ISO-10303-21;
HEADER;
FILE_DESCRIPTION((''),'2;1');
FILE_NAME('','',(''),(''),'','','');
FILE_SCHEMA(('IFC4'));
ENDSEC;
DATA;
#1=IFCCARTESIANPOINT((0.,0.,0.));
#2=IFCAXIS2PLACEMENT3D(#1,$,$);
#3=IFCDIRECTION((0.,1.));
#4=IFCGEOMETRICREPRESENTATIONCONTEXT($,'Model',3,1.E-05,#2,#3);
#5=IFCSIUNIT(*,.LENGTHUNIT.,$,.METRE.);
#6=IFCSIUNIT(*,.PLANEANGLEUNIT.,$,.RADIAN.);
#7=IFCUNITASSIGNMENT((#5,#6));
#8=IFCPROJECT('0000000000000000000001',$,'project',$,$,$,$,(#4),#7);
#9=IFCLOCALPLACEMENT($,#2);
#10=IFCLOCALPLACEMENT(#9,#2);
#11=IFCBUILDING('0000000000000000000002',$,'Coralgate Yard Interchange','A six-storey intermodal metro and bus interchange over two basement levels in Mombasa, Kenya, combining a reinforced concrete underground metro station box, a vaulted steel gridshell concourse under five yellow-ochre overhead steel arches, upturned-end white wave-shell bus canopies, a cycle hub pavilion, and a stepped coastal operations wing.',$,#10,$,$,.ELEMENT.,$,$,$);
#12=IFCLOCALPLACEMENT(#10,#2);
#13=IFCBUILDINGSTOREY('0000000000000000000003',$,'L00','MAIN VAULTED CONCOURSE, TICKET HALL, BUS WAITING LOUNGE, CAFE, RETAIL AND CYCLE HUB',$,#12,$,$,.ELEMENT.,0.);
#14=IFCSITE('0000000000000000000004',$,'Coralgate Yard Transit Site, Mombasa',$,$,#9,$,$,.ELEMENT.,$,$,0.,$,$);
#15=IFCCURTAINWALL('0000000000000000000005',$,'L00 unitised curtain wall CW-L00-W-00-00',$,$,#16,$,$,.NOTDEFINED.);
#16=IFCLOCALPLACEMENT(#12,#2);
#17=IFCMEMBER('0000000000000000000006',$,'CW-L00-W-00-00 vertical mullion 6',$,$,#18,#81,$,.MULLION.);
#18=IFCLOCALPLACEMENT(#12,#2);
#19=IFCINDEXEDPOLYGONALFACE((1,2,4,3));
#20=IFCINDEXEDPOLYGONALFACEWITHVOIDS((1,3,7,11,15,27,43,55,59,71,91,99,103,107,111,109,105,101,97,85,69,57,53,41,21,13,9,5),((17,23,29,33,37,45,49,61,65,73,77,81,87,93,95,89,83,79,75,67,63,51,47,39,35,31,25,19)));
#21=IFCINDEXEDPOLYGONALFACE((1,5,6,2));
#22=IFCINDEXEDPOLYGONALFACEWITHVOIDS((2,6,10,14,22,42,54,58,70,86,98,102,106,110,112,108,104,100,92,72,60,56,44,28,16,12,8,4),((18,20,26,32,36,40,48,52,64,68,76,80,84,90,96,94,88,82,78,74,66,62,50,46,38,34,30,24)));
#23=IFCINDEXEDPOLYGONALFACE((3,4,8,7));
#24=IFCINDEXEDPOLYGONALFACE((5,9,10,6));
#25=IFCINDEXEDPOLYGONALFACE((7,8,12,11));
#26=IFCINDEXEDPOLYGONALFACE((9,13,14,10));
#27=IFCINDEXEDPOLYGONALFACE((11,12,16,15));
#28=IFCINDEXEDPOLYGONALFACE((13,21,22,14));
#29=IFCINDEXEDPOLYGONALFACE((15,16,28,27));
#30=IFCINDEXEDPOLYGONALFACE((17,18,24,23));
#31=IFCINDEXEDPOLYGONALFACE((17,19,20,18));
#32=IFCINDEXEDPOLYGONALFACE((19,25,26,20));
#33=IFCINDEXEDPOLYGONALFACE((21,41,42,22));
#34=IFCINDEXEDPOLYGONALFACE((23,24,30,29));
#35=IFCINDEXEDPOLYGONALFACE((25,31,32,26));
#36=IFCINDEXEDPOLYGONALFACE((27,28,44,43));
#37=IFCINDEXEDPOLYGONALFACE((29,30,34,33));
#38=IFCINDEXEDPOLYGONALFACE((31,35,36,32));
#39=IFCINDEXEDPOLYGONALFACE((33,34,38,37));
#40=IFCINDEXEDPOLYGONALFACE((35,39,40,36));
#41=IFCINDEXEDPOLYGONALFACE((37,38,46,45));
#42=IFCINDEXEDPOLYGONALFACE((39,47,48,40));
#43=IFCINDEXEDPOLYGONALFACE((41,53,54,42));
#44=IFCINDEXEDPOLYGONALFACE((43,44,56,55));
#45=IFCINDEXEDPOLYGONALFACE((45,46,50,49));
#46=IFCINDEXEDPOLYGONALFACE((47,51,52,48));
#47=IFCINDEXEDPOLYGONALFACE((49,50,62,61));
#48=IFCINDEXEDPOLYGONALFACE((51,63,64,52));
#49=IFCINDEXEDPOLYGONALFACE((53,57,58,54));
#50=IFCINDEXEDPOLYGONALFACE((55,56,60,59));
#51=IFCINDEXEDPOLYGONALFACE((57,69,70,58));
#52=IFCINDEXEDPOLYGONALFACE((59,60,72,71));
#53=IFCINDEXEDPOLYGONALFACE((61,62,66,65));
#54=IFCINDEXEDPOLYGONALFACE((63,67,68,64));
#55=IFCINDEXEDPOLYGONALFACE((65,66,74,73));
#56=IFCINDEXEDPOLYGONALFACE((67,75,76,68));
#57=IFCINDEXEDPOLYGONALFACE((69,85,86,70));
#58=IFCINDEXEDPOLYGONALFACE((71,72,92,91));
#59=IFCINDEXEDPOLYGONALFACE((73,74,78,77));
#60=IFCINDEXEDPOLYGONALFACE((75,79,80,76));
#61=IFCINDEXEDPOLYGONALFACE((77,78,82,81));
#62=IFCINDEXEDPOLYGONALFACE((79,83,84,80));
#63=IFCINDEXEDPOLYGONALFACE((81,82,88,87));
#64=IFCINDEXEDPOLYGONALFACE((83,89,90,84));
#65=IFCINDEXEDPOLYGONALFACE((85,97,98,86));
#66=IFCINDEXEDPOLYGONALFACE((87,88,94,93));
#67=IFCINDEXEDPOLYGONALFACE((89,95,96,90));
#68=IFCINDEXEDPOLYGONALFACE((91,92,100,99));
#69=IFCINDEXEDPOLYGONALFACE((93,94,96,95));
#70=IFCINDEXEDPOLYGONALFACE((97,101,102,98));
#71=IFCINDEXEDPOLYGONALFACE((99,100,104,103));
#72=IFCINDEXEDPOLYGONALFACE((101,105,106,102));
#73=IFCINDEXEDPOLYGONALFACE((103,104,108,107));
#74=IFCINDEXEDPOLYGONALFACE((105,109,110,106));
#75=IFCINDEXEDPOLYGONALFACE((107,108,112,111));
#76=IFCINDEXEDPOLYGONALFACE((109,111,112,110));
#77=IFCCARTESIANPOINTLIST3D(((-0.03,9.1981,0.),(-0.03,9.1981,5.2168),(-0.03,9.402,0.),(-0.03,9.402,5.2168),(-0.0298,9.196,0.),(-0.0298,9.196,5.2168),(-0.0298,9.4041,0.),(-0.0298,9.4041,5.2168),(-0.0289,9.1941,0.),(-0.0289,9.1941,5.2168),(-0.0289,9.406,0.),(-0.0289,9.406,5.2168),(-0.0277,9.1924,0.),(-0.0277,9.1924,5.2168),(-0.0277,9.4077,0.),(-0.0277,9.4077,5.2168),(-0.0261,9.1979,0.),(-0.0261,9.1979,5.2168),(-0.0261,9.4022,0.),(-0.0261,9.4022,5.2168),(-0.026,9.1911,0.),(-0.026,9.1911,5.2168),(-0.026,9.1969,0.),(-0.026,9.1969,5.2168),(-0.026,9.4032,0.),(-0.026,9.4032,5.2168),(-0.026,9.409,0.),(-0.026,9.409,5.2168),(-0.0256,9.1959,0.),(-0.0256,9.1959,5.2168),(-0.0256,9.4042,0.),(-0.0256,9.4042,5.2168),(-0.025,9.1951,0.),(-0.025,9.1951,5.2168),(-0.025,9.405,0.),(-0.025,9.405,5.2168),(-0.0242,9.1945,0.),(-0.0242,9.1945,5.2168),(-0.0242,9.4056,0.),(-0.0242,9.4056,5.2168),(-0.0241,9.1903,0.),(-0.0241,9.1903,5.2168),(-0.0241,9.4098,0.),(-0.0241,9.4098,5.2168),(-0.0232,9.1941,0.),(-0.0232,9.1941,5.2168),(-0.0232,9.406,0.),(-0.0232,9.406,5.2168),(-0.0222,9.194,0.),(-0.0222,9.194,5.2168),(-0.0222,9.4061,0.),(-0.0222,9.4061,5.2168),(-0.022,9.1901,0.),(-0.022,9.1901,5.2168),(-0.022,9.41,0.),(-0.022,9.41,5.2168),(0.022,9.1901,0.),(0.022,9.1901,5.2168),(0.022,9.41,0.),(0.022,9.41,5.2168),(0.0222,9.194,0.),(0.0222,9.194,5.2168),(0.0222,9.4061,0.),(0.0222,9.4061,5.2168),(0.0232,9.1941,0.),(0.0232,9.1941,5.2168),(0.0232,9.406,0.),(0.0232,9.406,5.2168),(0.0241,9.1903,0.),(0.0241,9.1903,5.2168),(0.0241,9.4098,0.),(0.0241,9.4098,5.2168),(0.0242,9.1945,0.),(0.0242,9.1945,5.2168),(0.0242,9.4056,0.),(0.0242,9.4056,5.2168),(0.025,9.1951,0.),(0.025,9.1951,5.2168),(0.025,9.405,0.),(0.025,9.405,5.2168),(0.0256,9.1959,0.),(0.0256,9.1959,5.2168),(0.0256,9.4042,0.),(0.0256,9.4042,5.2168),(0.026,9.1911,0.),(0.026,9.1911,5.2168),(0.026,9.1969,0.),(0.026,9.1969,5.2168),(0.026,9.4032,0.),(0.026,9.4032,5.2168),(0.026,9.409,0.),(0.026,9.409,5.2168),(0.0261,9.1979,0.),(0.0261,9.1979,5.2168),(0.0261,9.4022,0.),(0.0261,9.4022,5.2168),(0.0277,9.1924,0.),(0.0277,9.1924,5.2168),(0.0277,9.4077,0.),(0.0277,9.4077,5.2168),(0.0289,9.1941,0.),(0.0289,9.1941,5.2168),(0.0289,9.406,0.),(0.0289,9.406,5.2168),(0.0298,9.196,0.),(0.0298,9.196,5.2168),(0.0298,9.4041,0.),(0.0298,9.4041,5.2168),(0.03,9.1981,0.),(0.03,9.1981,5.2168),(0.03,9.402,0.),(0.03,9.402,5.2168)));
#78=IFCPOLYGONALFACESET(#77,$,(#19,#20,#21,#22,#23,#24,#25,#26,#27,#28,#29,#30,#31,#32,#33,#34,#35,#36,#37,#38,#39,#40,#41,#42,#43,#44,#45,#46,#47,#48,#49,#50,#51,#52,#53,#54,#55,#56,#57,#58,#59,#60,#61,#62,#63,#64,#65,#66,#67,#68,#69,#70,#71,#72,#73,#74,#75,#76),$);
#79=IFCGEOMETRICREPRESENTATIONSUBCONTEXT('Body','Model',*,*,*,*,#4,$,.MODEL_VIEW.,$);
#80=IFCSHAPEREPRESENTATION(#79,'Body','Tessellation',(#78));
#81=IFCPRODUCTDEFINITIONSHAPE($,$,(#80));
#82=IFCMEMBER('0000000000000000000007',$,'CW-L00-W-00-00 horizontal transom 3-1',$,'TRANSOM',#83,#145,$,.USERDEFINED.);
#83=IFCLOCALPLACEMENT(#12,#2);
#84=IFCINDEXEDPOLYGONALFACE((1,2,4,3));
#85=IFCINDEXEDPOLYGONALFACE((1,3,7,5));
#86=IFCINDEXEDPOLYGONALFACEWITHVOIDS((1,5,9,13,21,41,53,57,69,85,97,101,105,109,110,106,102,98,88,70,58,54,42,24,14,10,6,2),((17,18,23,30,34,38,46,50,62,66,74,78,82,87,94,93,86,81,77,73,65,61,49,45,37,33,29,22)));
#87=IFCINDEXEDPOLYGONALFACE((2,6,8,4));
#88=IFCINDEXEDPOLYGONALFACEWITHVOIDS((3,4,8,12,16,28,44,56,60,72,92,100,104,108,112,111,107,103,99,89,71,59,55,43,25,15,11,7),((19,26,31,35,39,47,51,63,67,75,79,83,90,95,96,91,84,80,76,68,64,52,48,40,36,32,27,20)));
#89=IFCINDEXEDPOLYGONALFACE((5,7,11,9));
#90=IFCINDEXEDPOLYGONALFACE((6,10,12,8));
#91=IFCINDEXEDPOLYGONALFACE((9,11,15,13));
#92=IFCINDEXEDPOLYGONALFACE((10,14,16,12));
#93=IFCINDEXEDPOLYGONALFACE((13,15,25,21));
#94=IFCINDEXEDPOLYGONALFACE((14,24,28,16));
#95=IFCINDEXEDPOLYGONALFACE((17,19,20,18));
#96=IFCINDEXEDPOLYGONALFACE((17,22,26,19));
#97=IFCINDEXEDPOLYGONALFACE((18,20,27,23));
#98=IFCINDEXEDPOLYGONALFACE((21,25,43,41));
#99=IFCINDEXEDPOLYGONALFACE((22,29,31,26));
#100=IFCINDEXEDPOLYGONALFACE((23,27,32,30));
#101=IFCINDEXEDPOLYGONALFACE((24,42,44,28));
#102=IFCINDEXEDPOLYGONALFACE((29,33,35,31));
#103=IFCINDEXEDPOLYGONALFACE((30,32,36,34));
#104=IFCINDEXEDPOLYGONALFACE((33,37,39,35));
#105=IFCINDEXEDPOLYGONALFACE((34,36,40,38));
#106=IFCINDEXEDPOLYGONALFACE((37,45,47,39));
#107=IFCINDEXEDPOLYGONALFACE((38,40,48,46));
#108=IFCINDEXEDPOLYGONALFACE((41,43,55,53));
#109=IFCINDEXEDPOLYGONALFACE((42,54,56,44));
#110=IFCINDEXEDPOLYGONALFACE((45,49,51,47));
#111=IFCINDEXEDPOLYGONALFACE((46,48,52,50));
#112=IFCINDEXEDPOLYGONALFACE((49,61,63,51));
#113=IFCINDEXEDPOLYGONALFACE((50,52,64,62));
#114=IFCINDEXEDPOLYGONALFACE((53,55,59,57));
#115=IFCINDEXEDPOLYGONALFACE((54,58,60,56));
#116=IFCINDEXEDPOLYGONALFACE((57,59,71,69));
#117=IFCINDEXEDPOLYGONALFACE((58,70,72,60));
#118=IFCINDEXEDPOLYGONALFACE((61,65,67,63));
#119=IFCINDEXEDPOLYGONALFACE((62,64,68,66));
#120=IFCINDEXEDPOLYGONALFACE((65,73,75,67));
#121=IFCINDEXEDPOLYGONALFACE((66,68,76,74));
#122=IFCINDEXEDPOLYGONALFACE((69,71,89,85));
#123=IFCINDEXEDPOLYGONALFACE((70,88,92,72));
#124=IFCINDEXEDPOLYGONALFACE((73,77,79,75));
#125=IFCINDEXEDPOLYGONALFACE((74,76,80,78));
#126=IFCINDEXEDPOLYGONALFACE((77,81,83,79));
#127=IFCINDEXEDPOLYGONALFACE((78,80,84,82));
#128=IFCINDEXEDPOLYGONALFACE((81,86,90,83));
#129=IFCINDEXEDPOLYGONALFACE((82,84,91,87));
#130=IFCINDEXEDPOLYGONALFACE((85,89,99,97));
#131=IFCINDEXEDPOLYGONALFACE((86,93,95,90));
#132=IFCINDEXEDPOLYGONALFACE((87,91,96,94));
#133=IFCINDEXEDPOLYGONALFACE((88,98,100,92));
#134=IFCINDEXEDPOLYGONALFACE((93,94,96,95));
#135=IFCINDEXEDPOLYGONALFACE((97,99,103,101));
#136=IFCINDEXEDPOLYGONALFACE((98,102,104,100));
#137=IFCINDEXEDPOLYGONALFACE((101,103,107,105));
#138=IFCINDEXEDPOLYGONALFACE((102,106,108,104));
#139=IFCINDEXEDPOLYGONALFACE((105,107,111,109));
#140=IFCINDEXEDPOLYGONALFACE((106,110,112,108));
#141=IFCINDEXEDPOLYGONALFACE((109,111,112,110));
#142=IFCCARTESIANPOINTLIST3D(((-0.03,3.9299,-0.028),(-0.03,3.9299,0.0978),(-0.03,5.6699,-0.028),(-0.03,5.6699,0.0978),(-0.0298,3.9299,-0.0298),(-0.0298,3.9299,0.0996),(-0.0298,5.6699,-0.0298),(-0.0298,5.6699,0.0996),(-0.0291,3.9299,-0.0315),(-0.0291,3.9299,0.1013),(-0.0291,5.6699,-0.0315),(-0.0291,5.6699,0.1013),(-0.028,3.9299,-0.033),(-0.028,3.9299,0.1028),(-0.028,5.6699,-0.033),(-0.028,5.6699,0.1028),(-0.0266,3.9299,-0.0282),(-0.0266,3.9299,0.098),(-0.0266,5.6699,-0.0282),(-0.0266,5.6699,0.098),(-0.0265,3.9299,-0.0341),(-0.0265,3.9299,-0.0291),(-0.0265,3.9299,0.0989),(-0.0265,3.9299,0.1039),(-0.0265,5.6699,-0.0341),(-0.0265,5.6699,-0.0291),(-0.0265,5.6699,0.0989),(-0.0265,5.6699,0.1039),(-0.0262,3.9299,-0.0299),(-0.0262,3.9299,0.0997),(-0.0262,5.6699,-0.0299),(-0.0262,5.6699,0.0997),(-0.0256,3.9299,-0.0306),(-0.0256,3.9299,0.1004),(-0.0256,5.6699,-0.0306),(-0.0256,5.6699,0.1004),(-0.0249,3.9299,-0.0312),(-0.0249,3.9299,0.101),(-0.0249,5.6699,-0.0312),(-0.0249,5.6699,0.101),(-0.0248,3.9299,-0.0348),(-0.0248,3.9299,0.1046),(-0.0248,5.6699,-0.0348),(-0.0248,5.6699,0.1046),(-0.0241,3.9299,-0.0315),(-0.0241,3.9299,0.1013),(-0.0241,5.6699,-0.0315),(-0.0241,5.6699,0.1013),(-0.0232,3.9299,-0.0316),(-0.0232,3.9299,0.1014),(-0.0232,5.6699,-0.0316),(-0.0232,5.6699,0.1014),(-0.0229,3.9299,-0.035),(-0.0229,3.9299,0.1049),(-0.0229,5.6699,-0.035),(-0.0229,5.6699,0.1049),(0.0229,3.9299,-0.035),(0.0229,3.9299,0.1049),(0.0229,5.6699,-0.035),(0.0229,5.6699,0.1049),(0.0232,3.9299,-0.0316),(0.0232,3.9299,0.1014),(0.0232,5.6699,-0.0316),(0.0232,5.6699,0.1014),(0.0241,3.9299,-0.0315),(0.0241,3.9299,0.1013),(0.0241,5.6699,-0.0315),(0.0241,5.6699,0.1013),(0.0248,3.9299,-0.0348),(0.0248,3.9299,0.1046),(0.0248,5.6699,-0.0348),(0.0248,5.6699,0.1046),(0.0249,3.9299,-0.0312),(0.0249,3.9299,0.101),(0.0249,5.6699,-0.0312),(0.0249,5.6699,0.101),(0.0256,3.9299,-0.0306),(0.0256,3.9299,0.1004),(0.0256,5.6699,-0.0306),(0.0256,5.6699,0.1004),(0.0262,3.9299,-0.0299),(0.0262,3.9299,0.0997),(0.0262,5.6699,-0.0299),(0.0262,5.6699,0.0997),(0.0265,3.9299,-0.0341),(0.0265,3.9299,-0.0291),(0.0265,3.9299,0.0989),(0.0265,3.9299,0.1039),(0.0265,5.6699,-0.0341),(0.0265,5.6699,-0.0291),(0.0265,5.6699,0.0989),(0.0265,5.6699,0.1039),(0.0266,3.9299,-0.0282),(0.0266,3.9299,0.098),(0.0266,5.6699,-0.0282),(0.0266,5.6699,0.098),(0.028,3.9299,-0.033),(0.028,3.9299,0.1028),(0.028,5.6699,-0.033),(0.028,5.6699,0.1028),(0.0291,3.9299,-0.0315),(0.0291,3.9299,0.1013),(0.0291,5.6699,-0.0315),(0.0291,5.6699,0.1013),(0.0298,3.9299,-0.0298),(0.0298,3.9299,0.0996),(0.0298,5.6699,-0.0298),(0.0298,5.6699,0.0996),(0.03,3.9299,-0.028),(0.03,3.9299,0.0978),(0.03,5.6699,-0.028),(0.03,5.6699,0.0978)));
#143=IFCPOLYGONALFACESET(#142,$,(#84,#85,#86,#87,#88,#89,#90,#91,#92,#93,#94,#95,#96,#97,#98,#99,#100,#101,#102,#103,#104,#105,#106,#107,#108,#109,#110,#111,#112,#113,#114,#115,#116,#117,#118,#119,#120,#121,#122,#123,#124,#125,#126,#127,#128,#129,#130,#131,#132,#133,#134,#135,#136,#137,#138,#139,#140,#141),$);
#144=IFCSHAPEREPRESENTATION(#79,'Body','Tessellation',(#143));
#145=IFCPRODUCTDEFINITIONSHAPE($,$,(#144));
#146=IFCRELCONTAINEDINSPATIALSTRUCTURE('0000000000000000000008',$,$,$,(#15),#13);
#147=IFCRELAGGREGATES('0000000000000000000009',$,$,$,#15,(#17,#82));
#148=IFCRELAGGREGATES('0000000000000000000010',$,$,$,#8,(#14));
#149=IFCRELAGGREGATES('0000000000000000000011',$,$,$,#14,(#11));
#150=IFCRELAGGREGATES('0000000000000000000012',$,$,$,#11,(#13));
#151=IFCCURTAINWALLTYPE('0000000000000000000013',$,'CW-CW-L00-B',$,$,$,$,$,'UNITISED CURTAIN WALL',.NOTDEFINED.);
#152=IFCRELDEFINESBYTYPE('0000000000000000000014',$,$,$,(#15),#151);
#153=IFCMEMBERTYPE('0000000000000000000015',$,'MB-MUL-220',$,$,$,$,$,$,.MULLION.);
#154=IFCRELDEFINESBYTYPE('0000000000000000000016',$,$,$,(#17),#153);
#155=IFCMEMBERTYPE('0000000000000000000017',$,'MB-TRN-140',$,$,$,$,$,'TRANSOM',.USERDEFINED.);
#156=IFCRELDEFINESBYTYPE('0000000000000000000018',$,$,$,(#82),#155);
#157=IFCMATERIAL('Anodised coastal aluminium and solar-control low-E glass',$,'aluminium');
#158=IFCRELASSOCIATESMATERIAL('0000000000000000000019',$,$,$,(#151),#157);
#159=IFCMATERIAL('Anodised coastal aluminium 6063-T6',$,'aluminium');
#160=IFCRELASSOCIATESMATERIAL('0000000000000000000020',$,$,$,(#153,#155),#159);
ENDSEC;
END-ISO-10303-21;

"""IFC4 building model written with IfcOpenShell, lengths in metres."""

from ifc_helpers import new_model, si_unit, direction, frame, origin, origin_2d, place, context, subcontext, project, spatial, hollow_rectangle, extrude, material, material_profile, profile_set, type_object, element, aggregate, save


model = new_model("IFC4")

# Units and contexts
model_context = context("Model", 3, precision=1e-05, world=origin(), true_north=direction((0.0, 1.0)))
body_context = subcontext(model_context, "Body", "Model", "MODEL_VIEW")
ifc_project = project(units=[si_unit("LENGTHUNIT", "METRE"), si_unit("PLANEANGLEUNIT", "RADIAN")], contexts=[model_context])

# Site, building, storey
site_placement = place(None, origin())
site = spatial("IfcSite", under=ifc_project, at=site_placement, Name="Coralgate Yard Transit Site, Mombasa", CompositionType="ELEMENT", RefElevation=0.0)
building_placement = place(site_placement, origin())
building = spatial("IfcBuilding", under=site, at=building_placement, Name="Coralgate Yard Interchange", Description="A six-storey intermodal metro and bus interchange over two basement levels in Mombasa, Kenya, combining a reinforced concrete underground metro station box, a vaulted steel gridshell concourse under five yellow-ochre overhead steel arches, upturned-end white wave-shell bus canopies, a cycle hub pavilion, and a stepped coastal operations wing.", CompositionType="ELEMENT")
storey_placement = place(building_placement, origin())
storey = spatial("IfcBuildingStorey", under=building, at=storey_placement, Name="L00", Description="MAIN VAULTED CONCOURSE, TICKET HALL, BUS WAITING LOUNGE, CAFE, RETAIL AND CYCLE HUB", CompositionType="ELEMENT", Elevation=0.0)

# Curtain wall, members
ifc_material_1 = material(Name="Anodised coastal aluminium and solar-control low-E glass", Category="aluminium")
curtain_wall_type = type_object("IfcCurtainWallType", Name="CW-CW-L00-B", ElementType="UNITISED CURTAIN WALL", PredefinedType="NOTDEFINED", material=ifc_material_1)
curtain_wall_placement = place(storey_placement, origin())
curtain_wall = element("IfcCurtainWall", 1, at=curtain_wall_placement, inside=storey, type_object=curtain_wall_type, Name="L00 unitised curtain wall CW-L00-W-00-00", PredefinedType="NOTDEFINED")
ifc_material_2 = material(Name="Anodised coastal aluminium 6063-T6", Category="aluminium")
ifc_material_profile_1 = material_profile(ifc_material_2, hollow_rectangle(XDim=0.0601, YDim=0.22, WallThickness=0.0039, InnerFilletRadius=0.0039, OuterFilletRadius=0.0081, at=origin_2d()), Name="ALU 60x220x4")
ifc_profile_set_1 = profile_set([ifc_material_profile_1], Name="Anodised coastal aluminium 6063-T6")
member_type_1 = type_object("IfcMemberType", Name="MB-MUL-220", PredefinedType="MULLION", material=ifc_profile_set_1)
member_1_placement = place(storey_placement, frame((0.0, 9.3, 0.0), z_axis=(0.0, 0.0, 1.0), x_axis=(1.0, 0.0, 0.0)))
member_1 = element("IfcMember", 2, at=member_1_placement, type_object=member_type_1, Name="CW-L00-W-00-00 vertical mullion 6", PredefinedType="MULLION", context=body_context, shape_type="SweptSolid", body=[
    extrude(hollow_rectangle(XDim=0.0601, YDim=0.22, WallThickness=0.0039, InnerFilletRadius=0.0039, OuterFilletRadius=0.0081, at=origin_2d()), origin(), (0.0, 0.0, 1.0), 5.2168),
])
ifc_material_profile_2 = material_profile(ifc_material_2, hollow_rectangle(XDim=0.0601, YDim=0.1399, WallThickness=0.0034, InnerFilletRadius=0.0034, OuterFilletRadius=0.0071, at=origin_2d()), Name="ALU 60x140x3.5")
ifc_profile_set_2 = profile_set([ifc_material_profile_2], Name="Anodised coastal aluminium 6063-T6")
member_type_2 = type_object("IfcMemberType", Name="MB-TRN-140", ElementType="TRANSOM", PredefinedType="USERDEFINED", material=ifc_profile_set_2)
member_2_placement = place(storey_placement, frame((0.0, 3.9299, 0.0349), z_axis=(0.0, 1.0, 0.0), x_axis=(-1.0, 0.0, 0.0)))
member_2 = element("IfcMember", 3, at=member_2_placement, type_object=member_type_2, Name="CW-L00-W-00-00 horizontal transom 3-1", ObjectType="TRANSOM", PredefinedType="USERDEFINED", context=body_context, shape_type="SweptSolid", body=[
    extrude(hollow_rectangle(XDim=0.0601, YDim=0.1399, WallThickness=0.0034, InnerFilletRadius=0.0034, OuterFilletRadius=0.0071, at=origin_2d()), origin(), (0.0, 0.0, 1.0), 1.74),
])
aggregate(curtain_wall, [member_1, member_2])

save(model, "model.ifc")
